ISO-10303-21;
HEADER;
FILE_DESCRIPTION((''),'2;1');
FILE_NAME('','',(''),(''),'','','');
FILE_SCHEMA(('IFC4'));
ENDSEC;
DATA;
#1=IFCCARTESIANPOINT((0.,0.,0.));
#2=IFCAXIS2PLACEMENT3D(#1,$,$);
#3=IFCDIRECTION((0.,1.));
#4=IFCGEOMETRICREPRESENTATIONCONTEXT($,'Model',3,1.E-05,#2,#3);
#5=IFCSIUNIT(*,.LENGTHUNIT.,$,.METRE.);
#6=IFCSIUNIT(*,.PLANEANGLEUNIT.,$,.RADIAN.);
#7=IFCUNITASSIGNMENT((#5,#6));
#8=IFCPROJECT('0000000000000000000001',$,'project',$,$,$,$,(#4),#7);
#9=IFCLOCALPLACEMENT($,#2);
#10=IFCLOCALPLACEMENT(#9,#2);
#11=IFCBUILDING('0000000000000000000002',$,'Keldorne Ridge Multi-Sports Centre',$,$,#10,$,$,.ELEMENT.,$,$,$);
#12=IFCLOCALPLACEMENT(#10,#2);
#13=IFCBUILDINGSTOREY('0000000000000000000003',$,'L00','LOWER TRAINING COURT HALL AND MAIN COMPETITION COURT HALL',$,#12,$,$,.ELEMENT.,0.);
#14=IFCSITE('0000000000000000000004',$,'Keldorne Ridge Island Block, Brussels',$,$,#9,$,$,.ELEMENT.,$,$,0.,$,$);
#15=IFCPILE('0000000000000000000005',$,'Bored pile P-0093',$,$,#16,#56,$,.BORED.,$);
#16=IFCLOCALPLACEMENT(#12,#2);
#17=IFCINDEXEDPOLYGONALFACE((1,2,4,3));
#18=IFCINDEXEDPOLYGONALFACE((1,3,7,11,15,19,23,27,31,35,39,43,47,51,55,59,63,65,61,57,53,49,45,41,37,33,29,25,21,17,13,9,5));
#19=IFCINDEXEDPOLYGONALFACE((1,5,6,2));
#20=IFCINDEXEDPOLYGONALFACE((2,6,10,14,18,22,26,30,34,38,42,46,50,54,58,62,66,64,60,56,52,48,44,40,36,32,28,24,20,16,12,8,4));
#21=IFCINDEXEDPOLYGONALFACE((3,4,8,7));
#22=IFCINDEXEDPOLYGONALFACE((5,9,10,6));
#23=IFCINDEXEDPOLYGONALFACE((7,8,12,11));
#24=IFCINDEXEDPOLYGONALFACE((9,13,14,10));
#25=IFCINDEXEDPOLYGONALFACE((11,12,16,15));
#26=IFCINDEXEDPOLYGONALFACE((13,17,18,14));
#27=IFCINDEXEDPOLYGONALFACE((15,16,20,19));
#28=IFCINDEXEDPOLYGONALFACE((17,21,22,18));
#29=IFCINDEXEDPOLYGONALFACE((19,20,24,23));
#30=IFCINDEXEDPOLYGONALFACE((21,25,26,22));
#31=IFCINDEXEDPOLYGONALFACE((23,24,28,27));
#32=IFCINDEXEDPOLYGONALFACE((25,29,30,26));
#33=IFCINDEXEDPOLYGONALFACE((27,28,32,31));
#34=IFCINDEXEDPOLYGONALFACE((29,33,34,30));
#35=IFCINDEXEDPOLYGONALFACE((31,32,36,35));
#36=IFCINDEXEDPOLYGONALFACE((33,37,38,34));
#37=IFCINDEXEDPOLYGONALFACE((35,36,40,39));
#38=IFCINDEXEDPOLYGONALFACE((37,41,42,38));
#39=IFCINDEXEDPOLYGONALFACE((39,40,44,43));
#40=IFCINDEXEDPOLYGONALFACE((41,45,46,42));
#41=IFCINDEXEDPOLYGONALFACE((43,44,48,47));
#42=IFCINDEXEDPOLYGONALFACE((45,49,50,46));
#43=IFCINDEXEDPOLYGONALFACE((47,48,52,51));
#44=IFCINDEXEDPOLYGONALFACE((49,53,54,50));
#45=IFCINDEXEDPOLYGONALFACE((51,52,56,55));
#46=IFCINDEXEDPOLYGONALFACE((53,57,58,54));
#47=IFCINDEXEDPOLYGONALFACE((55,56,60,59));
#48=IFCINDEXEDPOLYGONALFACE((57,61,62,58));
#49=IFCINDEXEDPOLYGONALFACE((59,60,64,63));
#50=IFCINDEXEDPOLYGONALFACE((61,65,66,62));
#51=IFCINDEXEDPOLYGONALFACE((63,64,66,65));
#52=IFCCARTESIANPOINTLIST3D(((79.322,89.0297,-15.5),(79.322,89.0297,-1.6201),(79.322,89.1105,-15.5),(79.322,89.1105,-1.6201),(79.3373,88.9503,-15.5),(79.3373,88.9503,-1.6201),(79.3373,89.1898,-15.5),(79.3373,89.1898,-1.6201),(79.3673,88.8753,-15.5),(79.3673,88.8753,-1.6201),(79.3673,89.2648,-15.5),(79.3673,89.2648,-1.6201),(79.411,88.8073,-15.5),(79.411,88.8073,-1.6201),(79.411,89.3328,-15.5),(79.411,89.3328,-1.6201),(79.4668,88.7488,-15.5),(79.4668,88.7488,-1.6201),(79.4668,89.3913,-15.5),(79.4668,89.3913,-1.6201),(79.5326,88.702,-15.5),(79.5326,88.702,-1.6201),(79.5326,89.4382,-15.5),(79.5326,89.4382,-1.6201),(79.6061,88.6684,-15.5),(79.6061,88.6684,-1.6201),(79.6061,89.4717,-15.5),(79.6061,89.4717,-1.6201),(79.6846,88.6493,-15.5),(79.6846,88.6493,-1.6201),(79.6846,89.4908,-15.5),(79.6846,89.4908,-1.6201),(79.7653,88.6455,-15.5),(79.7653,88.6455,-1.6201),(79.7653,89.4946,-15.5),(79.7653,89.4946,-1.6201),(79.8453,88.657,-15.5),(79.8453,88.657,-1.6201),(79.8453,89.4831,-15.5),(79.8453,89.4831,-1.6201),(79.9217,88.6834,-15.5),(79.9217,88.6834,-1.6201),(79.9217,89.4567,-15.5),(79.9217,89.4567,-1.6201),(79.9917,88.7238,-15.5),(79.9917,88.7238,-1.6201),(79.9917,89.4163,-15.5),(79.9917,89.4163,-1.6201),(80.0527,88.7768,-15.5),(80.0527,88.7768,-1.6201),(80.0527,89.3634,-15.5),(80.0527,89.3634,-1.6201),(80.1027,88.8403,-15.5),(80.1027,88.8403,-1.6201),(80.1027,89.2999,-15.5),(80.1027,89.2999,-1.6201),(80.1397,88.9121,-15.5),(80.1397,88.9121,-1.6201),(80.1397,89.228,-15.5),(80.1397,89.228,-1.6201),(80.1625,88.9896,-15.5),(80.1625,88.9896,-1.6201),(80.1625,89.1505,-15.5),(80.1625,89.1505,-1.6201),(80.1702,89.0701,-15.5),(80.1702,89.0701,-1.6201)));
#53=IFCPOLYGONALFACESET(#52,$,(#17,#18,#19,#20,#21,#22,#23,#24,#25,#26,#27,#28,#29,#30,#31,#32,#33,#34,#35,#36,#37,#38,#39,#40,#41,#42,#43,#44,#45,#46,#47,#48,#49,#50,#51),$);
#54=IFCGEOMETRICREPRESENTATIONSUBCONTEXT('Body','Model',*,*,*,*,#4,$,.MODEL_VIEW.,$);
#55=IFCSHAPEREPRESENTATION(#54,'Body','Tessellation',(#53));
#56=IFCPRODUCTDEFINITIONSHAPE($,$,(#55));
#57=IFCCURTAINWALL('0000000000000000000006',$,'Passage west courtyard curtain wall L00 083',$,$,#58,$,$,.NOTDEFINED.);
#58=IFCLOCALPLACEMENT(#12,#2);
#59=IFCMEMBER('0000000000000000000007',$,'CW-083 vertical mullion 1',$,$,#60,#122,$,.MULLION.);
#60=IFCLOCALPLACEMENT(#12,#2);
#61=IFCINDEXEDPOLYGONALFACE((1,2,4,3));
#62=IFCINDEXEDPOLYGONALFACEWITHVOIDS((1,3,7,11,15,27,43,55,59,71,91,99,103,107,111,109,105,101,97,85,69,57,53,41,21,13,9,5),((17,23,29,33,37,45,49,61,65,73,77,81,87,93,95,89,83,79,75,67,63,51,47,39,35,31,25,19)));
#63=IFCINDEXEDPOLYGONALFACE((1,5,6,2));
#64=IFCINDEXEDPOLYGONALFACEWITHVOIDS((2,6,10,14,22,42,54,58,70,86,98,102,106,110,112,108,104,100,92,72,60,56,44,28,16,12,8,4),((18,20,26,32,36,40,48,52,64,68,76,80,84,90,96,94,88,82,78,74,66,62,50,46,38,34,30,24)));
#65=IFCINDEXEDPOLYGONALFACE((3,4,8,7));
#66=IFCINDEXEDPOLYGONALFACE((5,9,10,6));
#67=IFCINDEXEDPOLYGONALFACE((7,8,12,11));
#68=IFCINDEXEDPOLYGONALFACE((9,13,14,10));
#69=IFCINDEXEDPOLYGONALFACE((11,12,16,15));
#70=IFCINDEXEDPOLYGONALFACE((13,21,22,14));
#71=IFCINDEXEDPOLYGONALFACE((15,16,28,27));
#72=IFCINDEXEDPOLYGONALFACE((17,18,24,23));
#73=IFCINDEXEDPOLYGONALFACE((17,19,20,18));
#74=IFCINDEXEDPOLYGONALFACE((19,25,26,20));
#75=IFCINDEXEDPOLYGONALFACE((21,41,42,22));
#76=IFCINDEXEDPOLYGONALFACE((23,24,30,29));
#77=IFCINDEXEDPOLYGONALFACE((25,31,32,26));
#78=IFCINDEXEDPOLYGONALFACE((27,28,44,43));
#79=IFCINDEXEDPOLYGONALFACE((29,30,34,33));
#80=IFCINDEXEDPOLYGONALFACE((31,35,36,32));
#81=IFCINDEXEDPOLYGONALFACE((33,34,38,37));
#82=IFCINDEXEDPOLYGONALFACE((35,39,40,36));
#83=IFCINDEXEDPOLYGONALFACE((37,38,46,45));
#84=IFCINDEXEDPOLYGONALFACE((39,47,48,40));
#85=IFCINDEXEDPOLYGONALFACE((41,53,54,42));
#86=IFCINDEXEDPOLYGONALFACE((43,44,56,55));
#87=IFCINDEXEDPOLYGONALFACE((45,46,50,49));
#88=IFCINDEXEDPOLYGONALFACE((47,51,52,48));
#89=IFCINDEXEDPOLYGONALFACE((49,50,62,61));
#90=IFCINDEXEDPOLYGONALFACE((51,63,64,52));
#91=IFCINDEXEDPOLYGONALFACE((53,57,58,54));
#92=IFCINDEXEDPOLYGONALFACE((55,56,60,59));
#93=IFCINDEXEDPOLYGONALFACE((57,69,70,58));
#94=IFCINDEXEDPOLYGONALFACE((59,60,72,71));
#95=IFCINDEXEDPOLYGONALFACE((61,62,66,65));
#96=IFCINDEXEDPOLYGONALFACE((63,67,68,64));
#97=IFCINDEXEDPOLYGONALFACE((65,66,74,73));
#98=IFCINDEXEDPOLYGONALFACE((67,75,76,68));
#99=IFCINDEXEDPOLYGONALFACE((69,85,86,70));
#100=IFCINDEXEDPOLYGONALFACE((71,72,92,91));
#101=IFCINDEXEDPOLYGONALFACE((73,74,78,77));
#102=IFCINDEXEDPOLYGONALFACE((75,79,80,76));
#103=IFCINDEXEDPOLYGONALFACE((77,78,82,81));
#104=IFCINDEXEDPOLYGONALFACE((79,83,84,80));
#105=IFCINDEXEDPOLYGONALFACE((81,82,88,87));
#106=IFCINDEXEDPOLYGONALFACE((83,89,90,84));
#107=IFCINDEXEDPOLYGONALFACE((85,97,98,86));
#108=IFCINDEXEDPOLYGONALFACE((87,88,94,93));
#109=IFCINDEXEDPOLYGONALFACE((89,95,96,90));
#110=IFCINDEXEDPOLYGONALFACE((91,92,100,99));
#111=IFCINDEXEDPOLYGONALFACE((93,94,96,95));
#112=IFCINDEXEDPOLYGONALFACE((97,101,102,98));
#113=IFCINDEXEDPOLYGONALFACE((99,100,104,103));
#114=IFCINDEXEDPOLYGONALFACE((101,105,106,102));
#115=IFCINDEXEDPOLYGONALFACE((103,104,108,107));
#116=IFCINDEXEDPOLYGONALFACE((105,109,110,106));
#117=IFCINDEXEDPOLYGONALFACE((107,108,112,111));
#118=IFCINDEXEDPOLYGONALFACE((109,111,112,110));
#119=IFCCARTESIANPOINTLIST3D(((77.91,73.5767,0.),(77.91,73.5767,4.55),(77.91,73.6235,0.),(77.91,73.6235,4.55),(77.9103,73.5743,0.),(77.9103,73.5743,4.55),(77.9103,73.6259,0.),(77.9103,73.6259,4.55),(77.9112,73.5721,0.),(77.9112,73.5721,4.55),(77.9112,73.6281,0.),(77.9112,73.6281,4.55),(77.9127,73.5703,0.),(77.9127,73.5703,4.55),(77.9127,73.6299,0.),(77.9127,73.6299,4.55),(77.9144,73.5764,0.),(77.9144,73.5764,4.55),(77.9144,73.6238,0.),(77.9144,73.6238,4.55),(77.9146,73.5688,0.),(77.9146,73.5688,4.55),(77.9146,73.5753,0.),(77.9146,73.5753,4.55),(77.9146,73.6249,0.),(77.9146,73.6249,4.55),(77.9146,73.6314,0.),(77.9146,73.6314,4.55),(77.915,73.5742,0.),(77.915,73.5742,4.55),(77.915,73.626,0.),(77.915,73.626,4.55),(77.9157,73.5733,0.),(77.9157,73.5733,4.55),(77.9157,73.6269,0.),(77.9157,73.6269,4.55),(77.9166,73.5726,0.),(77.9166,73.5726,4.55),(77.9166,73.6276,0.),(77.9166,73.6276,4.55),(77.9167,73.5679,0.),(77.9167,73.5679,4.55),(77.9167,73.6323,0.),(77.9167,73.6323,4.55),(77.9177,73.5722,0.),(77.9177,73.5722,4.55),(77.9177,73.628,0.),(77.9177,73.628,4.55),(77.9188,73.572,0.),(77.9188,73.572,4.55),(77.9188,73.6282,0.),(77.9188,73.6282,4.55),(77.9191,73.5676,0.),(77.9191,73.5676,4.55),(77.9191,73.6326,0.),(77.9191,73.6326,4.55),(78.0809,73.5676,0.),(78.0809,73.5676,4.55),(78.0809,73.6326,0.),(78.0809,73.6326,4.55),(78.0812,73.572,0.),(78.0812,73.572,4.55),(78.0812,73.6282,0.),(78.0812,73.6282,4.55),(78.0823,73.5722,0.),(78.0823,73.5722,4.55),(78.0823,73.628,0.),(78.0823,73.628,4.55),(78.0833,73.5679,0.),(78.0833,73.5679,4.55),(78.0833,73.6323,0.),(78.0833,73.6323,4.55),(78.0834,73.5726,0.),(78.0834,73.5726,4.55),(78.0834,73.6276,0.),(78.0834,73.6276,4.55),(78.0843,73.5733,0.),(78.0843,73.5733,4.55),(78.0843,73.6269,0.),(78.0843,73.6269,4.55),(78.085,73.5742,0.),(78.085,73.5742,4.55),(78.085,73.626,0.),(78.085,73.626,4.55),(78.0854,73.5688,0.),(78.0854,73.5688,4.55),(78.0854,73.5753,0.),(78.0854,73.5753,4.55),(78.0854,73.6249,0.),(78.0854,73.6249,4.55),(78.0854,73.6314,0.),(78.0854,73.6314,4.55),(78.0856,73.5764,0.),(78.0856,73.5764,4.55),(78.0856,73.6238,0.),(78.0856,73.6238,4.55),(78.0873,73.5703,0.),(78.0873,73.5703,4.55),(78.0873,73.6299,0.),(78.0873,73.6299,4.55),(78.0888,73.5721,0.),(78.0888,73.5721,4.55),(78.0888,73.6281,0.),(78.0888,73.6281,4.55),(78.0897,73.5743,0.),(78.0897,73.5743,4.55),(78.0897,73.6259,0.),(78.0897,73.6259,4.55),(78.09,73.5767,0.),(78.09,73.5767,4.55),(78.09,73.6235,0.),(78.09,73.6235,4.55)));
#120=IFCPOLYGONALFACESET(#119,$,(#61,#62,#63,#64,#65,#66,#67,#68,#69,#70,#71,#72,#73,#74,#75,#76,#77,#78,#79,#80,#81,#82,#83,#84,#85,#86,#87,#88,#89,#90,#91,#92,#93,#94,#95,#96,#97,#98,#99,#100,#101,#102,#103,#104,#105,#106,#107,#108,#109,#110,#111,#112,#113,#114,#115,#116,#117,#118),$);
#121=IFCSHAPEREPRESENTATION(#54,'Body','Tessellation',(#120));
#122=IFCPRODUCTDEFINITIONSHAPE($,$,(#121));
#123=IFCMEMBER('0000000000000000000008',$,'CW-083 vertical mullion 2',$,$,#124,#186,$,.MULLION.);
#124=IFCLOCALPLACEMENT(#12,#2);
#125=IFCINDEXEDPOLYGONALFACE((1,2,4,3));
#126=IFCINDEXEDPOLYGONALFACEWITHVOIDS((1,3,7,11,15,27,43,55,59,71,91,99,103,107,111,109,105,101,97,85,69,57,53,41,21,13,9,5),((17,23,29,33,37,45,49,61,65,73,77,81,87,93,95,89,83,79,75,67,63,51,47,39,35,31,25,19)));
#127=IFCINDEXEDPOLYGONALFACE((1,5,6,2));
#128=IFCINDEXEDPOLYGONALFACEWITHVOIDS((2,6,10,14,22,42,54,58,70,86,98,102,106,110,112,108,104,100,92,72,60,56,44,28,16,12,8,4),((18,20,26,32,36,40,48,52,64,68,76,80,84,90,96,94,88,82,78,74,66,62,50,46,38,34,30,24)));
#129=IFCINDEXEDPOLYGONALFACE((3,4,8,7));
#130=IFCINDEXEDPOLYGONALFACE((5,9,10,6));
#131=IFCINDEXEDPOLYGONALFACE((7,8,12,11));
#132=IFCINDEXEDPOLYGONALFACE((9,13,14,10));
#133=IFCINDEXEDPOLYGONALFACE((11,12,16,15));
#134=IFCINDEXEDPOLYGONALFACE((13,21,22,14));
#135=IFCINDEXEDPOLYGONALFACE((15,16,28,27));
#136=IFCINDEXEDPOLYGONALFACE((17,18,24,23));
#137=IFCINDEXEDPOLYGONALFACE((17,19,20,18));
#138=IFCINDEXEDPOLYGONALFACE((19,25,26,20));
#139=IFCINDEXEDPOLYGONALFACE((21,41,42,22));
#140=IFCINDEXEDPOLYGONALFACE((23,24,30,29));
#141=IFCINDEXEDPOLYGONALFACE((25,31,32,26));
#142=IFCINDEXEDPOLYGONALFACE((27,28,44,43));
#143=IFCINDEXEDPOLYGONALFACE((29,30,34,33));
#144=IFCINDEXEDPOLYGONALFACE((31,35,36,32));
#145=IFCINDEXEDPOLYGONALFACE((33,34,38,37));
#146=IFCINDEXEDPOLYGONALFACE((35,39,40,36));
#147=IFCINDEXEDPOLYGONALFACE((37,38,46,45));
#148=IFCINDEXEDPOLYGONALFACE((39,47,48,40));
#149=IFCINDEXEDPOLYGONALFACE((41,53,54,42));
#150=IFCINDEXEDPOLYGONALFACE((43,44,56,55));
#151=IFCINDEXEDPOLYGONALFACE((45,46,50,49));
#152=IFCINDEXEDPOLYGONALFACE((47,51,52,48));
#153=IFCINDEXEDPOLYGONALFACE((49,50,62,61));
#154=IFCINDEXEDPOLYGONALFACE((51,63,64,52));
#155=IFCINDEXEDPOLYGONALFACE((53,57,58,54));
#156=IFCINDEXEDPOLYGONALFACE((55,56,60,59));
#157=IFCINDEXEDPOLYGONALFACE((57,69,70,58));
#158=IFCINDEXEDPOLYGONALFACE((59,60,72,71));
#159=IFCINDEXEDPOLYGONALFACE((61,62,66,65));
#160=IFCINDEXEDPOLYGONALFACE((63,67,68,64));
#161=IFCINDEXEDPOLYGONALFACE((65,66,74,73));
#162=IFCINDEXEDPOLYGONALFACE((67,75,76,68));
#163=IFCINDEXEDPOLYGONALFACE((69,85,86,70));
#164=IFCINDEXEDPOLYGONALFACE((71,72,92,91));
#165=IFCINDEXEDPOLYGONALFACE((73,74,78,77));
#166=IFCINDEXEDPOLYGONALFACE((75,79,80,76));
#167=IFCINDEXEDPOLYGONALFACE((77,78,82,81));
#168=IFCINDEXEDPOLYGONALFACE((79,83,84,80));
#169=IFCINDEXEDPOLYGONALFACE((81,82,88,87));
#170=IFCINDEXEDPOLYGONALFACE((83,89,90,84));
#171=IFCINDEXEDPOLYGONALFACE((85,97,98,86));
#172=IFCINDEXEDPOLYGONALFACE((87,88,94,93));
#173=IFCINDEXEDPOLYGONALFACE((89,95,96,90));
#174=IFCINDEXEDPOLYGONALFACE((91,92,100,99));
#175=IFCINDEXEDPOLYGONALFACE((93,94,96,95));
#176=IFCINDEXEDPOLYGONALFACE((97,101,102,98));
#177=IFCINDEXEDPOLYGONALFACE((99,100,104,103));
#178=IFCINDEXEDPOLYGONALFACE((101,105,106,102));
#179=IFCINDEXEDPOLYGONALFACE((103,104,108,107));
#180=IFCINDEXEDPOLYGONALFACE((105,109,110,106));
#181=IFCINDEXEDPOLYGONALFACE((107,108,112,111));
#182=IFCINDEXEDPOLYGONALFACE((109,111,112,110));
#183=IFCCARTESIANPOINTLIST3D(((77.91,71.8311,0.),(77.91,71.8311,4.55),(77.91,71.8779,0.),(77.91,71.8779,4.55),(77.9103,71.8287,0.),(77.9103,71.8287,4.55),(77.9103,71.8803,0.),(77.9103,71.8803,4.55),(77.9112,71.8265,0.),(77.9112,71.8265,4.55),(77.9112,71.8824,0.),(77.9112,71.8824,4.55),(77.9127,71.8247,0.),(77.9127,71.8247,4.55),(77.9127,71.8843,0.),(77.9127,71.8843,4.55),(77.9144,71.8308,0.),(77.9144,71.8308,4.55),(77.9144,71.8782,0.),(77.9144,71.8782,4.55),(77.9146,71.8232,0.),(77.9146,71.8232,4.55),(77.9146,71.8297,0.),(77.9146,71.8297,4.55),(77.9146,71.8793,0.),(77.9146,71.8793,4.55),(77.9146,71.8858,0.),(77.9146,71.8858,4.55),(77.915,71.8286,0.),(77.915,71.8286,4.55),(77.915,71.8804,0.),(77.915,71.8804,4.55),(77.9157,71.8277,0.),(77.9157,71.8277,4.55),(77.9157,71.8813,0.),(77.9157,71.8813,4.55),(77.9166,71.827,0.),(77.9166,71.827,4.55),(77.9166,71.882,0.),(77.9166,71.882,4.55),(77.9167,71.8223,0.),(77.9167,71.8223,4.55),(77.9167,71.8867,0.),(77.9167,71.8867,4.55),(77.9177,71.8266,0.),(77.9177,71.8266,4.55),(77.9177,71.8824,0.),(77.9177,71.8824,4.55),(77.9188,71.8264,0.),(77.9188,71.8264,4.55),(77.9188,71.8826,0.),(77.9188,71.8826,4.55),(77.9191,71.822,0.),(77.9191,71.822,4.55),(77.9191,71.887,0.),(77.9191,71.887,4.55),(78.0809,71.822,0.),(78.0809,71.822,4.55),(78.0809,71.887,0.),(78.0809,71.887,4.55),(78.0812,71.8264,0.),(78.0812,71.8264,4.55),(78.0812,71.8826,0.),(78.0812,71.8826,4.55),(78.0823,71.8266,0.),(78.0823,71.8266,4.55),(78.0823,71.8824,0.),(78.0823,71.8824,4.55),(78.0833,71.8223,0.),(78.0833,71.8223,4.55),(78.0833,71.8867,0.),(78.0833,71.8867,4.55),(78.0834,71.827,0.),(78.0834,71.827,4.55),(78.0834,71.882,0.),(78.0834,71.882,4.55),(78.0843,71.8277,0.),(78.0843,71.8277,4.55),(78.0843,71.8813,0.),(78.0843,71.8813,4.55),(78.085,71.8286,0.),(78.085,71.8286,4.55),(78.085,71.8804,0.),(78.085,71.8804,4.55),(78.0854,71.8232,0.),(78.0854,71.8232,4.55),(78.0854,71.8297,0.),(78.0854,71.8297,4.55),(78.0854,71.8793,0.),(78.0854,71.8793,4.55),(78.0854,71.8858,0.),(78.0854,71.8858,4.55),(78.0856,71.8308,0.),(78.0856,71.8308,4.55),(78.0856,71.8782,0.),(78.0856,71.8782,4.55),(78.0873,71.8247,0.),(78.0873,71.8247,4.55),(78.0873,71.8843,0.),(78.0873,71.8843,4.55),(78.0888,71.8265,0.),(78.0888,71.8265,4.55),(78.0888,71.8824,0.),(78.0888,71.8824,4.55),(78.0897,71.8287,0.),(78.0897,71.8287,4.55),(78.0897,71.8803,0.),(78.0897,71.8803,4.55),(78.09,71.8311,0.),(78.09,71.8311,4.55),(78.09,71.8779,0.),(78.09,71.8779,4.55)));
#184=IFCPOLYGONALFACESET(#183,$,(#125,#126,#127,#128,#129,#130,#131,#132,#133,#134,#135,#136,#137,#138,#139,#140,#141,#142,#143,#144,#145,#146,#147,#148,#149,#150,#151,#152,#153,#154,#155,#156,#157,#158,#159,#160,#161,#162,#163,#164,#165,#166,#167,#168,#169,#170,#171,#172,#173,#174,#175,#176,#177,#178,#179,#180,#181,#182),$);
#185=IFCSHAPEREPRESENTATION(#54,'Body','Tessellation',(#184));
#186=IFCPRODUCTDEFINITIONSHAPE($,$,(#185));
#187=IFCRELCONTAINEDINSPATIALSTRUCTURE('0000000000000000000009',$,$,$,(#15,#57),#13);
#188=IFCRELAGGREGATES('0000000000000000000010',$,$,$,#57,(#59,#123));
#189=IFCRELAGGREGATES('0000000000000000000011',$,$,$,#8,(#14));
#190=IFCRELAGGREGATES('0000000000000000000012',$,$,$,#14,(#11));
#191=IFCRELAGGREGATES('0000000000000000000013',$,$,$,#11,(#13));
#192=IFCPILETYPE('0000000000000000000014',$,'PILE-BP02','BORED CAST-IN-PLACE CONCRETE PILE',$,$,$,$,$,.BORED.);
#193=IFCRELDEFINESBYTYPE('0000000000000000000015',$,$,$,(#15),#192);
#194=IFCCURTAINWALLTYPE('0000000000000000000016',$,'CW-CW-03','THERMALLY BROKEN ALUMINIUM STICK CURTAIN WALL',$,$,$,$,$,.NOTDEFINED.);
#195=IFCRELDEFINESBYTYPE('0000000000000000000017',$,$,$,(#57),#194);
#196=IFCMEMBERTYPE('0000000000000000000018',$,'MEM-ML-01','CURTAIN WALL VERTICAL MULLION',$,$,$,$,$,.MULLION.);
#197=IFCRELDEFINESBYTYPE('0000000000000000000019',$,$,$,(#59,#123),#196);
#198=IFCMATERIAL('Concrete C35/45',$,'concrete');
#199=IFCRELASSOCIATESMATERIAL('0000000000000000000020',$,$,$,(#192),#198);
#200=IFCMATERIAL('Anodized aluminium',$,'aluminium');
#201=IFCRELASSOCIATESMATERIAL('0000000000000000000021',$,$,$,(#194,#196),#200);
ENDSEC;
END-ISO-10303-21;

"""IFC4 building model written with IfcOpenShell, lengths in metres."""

from ifc_helpers import new_model, si_unit, direction, frame, origin, origin_2d, place, context, subcontext, project, spatial, hollow_rectangle, circle, extrude, material, material_profile, profile_set, type_object, element, aggregate, save


model = new_model("IFC4")

# Units and contexts
model_context = context("Model", 3, precision=1e-05, world=origin(), true_north=direction((0.0, 1.0)))
body_context = subcontext(model_context, "Body", "Model", "MODEL_VIEW")
ifc_project = project(units=[si_unit("LENGTHUNIT", "METRE"), si_unit("PLANEANGLEUNIT", "RADIAN")], contexts=[model_context])

# Site, building, storey
site_placement = place(None, origin())
site = spatial("IfcSite", under=ifc_project, at=site_placement, Name="Keldorne Ridge Island Block, Brussels", CompositionType="ELEMENT", RefElevation=0.0)
building_placement = place(site_placement, origin())
building = spatial("IfcBuilding", under=site, at=building_placement, Name="Keldorne Ridge Multi-Sports Centre", CompositionType="ELEMENT")
storey_placement = place(building_placement, origin())
storey = spatial("IfcBuildingStorey", under=building, at=storey_placement, Name="L00", Description="LOWER TRAINING COURT HALL AND MAIN COMPETITION COURT HALL", CompositionType="ELEMENT", Elevation=0.0)

# Pile
ifc_material_1 = material(Name="Concrete C35/45", Category="concrete")
ifc_material_profile_1 = material_profile(ifc_material_1, circle(Radius=0.425, at=origin_2d()), Name="BORED PILE D850")
ifc_profile_set_1 = profile_set([ifc_material_profile_1], Name="Concrete C35/45")
pile_type = type_object("IfcPileType", Name="PILE-BP02", Description="BORED CAST-IN-PLACE CONCRETE PILE", PredefinedType="BORED", material=ifc_profile_set_1)
pile_placement = place(storey_placement, frame((79.7451, 89.0701, -1.6201), z_axis=(0.0, 0.0, -1.0), x_axis=(1.0, 0.0, 0.0)))
element("IfcPile", 1, at=pile_placement, inside=storey, type_object=pile_type, Name="Bored pile P-0093", PredefinedType="BORED", context=body_context, shape_type="SweptSolid", body=[
    extrude(circle(Radius=0.425, at=origin_2d()), origin(), (0.0, 0.0, 1.0), 13.8799),
])

# Curtain wall, members
ifc_material_2 = material(Name="Anodized aluminium", Category="aluminium")
curtain_wall_type = type_object("IfcCurtainWallType", Name="CW-CW-03", Description="THERMALLY BROKEN ALUMINIUM STICK CURTAIN WALL", PredefinedType="NOTDEFINED", material=ifc_material_2)
curtain_wall_placement = place(storey_placement, origin())
curtain_wall = element("IfcCurtainWall", 2, at=curtain_wall_placement, inside=storey, type_object=curtain_wall_type, Name="Passage west courtyard curtain wall L00 083", PredefinedType="NOTDEFINED")
ifc_material_profile_2 = material_profile(ifc_material_2, hollow_rectangle(XDim=0.0649, YDim=0.1799, WallThickness=0.0044, InnerFilletRadius=0.0044, OuterFilletRadius=0.009, at=origin_2d()), Name="ALU MULLION 180x65x4.5")
ifc_profile_set_2 = profile_set([ifc_material_profile_2], Name="Anodized aluminium")
member_type_1 = type_object("IfcMemberType", Name="MEM-ML-01", Description="CURTAIN WALL VERTICAL MULLION", PredefinedType="MULLION", material=ifc_profile_set_2)
member_1_placement = place(storey_placement, frame((78.0, 73.6001, 0.0), z_axis=(0.0, 0.0, 1.0), x_axis=(0.0, 1.0, 0.0)))
member_1 = element("IfcMember", 3, at=member_1_placement, type_object=member_type_1, Name="CW-083 vertical mullion 1", PredefinedType="MULLION", context=body_context, shape_type="SweptSolid", body=[
    extrude(hollow_rectangle(XDim=0.0649, YDim=0.1799, WallThickness=0.0044, InnerFilletRadius=0.0044, OuterFilletRadius=0.009, at=origin_2d()), origin(), (0.0, 0.0, 1.0), 4.55),
])
member_2_placement = place(storey_placement, frame((78.0, 71.8545, 0.0), z_axis=(0.0, 0.0, 1.0), x_axis=(0.0, 1.0, 0.0)))
member_2 = element("IfcMember", 4, at=member_2_placement, type_object=member_type_1, Name="CW-083 vertical mullion 2", PredefinedType="MULLION", context=body_context, shape_type="SweptSolid", body=[
    extrude(hollow_rectangle(XDim=0.0649, YDim=0.1799, WallThickness=0.0044, InnerFilletRadius=0.0044, OuterFilletRadius=0.009, at=origin_2d()), origin(), (0.0, 0.0, 1.0), 4.55),
])
aggregate(curtain_wall, [member_1, member_2])

save(model, "model.ifc")
